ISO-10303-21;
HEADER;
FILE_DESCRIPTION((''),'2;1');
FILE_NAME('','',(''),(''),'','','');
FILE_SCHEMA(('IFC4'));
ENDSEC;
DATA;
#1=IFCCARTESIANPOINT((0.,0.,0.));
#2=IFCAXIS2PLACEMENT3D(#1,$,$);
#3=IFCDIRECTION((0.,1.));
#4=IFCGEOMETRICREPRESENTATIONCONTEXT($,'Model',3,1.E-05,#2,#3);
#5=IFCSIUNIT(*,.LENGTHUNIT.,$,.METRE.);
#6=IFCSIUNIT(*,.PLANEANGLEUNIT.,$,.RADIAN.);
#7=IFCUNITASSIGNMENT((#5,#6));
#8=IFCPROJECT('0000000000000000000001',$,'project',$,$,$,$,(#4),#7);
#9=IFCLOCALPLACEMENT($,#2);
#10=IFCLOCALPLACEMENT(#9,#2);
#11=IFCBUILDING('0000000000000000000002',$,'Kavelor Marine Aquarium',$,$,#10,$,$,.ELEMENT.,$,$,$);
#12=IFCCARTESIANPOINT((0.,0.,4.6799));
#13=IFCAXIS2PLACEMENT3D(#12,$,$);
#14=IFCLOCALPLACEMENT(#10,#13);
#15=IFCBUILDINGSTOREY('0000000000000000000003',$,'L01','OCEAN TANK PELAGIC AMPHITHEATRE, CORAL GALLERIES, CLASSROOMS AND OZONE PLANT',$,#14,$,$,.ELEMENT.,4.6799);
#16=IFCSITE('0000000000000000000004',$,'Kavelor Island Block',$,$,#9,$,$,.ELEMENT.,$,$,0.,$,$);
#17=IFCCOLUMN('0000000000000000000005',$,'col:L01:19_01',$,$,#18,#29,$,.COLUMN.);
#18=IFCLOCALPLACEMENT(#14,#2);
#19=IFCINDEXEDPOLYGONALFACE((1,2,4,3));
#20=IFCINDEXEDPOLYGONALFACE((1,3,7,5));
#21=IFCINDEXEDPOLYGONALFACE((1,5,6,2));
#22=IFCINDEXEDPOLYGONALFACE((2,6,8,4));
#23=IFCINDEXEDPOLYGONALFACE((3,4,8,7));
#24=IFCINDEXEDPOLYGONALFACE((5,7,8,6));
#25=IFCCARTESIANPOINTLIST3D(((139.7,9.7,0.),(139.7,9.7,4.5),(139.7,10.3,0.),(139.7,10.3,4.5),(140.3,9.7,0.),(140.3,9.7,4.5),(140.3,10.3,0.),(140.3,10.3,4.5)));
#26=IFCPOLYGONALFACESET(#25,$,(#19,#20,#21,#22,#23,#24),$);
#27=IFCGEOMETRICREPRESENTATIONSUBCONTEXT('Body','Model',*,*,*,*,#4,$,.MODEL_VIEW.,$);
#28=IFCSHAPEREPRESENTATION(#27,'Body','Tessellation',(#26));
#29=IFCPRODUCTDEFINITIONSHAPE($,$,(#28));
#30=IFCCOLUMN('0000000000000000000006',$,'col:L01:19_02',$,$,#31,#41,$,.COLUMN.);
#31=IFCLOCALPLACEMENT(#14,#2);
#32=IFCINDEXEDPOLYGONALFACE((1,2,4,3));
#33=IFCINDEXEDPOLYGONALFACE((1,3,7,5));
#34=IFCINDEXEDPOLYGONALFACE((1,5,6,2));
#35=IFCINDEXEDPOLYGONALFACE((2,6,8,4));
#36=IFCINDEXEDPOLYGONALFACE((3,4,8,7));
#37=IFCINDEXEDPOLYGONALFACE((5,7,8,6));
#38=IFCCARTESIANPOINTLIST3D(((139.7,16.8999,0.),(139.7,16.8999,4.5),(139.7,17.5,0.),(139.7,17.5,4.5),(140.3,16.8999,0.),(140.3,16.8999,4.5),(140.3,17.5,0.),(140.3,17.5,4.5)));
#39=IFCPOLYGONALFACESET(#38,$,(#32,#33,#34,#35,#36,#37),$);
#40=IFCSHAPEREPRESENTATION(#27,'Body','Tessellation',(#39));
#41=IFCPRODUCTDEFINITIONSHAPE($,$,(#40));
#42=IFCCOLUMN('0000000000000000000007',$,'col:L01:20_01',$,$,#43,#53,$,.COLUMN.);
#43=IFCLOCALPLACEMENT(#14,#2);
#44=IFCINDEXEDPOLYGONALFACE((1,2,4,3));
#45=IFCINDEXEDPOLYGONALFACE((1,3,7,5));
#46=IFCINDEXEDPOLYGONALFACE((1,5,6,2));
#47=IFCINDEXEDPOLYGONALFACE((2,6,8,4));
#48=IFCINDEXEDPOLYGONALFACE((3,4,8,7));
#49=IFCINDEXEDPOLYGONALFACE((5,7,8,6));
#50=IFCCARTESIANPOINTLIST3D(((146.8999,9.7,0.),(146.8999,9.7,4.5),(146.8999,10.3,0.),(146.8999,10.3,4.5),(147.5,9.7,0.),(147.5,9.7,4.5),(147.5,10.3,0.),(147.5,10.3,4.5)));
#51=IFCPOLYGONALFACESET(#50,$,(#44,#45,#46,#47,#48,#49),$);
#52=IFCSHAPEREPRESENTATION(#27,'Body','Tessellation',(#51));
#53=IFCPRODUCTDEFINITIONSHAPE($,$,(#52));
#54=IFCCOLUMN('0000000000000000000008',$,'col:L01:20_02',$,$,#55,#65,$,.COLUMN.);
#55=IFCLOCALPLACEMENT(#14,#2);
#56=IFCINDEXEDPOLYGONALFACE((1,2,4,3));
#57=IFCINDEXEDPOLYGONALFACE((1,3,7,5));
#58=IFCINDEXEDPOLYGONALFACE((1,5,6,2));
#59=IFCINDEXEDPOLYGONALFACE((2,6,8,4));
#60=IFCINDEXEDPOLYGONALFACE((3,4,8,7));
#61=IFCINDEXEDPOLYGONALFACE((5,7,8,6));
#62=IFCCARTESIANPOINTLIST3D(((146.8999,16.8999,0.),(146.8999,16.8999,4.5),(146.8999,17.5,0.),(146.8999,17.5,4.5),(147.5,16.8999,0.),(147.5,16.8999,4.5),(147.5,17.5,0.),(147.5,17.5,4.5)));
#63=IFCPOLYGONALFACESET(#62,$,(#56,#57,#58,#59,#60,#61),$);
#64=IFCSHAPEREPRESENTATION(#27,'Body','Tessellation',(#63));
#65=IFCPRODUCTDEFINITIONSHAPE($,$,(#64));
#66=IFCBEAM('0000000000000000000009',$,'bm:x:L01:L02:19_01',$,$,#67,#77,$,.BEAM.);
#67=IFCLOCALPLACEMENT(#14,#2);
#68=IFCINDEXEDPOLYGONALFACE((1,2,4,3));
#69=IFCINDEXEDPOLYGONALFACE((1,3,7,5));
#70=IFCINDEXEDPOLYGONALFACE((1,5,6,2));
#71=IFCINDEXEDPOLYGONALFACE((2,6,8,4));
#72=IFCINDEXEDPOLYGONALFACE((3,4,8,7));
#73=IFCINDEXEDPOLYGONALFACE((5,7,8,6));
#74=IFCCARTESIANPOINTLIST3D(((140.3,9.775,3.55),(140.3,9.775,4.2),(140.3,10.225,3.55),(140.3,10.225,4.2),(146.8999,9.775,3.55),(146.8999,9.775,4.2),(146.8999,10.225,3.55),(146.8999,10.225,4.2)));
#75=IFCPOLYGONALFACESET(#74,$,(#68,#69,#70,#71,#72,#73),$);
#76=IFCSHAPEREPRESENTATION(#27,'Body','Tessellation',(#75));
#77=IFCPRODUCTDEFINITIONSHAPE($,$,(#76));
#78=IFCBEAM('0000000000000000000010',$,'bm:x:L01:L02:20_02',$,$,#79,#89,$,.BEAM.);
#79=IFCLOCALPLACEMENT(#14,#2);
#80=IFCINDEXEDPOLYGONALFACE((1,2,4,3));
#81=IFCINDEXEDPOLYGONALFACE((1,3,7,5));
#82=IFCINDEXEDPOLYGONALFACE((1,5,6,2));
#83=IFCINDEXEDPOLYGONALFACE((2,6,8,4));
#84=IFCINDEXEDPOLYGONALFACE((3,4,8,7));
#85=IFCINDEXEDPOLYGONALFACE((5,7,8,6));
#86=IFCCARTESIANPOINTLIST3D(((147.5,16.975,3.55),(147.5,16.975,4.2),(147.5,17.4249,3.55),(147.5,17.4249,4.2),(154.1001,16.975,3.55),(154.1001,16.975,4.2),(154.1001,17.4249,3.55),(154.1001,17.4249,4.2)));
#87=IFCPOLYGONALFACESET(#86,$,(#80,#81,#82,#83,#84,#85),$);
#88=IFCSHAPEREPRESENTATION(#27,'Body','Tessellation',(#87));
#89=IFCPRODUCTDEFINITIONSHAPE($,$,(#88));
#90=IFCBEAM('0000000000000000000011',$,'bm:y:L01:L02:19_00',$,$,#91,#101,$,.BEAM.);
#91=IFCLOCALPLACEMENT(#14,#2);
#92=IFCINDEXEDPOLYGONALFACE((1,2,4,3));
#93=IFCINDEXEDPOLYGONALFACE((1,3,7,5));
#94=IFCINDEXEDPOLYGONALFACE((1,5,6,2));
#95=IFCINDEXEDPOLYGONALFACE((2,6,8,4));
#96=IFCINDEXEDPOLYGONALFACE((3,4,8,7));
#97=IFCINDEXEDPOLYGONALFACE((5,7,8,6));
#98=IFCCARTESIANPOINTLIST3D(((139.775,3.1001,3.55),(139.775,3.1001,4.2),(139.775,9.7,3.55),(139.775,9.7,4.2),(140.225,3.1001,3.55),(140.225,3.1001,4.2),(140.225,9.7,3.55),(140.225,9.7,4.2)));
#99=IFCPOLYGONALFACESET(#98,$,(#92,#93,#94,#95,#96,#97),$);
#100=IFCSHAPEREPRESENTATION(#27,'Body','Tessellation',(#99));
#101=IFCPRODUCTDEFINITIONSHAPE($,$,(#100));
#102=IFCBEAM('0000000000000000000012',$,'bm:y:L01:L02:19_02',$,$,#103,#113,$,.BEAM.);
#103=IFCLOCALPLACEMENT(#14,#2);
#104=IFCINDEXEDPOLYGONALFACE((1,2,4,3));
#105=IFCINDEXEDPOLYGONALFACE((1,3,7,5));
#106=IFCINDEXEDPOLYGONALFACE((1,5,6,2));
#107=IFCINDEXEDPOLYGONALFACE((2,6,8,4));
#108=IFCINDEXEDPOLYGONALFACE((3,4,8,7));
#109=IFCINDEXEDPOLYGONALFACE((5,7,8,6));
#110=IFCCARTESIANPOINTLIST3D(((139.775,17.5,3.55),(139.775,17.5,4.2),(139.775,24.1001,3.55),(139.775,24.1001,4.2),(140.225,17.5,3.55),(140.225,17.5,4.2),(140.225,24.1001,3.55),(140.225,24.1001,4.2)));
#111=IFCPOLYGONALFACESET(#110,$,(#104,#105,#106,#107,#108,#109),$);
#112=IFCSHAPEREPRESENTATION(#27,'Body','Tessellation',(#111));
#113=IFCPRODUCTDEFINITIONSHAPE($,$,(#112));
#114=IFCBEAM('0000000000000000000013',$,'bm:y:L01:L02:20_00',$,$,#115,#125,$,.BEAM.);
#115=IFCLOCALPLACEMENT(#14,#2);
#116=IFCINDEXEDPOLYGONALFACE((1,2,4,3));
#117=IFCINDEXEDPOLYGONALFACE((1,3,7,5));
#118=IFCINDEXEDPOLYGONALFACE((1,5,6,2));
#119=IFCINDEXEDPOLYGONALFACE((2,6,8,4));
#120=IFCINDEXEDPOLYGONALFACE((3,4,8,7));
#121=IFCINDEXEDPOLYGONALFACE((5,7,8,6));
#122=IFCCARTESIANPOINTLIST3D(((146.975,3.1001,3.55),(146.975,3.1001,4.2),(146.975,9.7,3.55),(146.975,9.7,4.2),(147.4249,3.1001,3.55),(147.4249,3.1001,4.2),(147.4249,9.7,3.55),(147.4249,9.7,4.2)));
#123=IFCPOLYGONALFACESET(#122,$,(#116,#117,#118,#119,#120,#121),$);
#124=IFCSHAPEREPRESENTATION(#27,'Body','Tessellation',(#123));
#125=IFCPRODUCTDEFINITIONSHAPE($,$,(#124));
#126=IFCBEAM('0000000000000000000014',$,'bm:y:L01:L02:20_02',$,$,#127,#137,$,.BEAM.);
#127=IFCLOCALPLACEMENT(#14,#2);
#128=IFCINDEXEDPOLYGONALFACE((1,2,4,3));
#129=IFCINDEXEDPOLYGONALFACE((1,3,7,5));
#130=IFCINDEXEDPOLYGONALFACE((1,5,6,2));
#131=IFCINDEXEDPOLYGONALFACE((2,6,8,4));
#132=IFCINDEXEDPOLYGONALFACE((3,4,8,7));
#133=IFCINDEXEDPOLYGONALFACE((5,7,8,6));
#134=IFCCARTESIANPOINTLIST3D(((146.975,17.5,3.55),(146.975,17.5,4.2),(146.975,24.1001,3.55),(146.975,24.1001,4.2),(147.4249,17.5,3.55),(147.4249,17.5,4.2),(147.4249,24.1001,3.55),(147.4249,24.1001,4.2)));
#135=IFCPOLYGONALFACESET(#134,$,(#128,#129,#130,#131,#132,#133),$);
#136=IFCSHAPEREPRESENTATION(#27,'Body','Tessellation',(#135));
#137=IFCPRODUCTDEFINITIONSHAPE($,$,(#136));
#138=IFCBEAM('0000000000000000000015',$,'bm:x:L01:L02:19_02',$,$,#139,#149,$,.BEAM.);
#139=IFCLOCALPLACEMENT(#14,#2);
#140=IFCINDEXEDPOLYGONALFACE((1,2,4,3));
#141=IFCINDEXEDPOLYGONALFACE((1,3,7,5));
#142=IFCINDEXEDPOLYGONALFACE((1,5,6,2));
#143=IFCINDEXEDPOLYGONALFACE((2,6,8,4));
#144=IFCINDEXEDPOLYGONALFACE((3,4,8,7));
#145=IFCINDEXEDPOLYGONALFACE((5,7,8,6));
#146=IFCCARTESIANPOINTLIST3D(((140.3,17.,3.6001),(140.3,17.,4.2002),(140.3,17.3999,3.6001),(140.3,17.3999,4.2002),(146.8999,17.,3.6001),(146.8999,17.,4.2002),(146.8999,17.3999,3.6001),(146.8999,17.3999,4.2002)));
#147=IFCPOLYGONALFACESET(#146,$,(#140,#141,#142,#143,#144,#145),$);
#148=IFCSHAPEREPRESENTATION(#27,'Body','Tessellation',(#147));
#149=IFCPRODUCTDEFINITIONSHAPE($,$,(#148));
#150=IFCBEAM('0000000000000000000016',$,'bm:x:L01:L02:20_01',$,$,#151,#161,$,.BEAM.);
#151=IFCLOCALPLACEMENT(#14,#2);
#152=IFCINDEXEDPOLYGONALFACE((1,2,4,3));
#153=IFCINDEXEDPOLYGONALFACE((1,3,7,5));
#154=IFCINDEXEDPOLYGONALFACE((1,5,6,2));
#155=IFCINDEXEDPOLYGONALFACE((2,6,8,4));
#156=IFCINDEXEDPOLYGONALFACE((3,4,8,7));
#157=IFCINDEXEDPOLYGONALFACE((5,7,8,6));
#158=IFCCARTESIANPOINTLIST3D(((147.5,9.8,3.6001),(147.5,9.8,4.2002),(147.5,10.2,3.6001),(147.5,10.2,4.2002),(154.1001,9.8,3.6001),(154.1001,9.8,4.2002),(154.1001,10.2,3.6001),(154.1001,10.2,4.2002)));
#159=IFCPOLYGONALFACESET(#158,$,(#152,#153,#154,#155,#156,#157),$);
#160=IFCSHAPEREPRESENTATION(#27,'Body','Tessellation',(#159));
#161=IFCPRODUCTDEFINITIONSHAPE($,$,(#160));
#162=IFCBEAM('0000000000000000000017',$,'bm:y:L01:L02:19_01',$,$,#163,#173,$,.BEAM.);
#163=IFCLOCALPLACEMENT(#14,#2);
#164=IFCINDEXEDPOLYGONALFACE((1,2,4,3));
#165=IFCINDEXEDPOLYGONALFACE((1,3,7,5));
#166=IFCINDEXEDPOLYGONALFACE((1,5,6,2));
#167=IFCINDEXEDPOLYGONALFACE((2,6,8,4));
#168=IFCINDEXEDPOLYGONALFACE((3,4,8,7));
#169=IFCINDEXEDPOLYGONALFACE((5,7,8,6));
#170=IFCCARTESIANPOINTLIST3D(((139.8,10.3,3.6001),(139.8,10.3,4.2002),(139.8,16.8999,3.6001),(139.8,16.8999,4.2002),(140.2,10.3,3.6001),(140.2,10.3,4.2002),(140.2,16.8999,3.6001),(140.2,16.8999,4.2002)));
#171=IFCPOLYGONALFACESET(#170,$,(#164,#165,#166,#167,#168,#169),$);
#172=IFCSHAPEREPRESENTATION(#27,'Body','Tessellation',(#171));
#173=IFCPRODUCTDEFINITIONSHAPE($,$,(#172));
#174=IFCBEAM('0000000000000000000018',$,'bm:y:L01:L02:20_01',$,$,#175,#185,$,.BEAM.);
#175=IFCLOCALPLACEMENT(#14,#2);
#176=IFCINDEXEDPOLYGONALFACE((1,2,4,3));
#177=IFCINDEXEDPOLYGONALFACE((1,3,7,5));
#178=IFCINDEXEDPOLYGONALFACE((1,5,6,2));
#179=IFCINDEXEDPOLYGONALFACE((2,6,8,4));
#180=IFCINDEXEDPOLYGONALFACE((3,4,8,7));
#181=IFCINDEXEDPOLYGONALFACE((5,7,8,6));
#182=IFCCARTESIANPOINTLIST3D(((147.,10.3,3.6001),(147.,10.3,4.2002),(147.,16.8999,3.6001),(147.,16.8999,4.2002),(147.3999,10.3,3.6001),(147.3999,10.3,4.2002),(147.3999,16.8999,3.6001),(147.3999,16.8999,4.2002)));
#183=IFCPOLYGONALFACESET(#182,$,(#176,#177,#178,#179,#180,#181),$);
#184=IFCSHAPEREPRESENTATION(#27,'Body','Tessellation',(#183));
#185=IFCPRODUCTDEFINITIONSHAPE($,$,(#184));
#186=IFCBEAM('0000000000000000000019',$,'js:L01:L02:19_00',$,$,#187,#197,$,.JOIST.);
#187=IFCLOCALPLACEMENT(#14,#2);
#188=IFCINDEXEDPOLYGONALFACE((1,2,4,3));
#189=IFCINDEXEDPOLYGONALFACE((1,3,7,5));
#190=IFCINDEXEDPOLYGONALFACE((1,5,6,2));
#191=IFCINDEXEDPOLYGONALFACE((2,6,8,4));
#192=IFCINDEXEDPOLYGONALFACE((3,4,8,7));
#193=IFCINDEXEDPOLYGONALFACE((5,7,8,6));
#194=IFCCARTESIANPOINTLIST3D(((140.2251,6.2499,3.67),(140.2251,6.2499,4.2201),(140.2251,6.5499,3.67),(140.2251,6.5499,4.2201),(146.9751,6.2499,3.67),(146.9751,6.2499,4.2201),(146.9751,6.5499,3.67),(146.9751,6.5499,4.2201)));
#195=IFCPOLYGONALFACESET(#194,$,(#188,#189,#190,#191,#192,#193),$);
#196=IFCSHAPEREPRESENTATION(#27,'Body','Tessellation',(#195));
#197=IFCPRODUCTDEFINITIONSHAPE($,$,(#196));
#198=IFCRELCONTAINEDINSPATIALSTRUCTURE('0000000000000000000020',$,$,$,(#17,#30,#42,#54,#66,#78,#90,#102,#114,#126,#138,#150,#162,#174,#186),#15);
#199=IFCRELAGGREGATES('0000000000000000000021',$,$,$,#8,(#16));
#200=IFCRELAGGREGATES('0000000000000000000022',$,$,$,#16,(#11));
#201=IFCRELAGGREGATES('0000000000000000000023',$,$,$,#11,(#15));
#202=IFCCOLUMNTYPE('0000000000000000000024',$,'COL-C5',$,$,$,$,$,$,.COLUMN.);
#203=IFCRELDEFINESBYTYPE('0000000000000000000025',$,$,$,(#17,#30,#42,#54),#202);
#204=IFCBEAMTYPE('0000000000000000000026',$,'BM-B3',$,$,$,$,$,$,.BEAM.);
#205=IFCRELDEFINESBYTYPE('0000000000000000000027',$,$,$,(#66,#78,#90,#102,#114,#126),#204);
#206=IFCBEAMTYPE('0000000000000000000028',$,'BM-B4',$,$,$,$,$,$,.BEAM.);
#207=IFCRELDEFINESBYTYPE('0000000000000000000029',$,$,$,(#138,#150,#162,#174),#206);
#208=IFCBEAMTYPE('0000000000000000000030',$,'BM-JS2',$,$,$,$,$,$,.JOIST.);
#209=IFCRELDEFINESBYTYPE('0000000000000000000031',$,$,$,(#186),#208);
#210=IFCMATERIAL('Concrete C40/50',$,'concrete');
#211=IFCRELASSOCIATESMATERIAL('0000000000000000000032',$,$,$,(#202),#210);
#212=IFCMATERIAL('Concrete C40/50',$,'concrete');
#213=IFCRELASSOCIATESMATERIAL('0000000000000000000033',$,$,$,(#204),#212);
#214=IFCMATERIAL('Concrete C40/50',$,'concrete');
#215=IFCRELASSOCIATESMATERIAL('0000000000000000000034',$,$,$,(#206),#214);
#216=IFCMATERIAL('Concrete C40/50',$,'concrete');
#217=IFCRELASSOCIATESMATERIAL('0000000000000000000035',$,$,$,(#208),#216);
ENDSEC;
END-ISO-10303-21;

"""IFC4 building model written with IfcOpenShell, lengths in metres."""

from ifc_helpers import new_model, si_unit, direction, frame, origin, origin_2d, place, context, subcontext, project, spatial, rectangle, extrude, material, material_profile, profile_set, type_object, element, save


model = new_model("IFC4")

# Units and contexts
model_context = context("Model", 3, precision=1e-05, world=origin(), true_north=direction((0.0, 1.0)))
body_context = subcontext(model_context, "Body", "Model", "MODEL_VIEW")
ifc_project = project(units=[si_unit("LENGTHUNIT", "METRE"), si_unit("PLANEANGLEUNIT", "RADIAN")], contexts=[model_context])

# Site, building, storey
site_placement = place(None, origin())
site = spatial("IfcSite", under=ifc_project, at=site_placement, Name="Kavelor Island Block", CompositionType="ELEMENT", RefElevation=0.0)
building_placement = place(site_placement, origin())
building = spatial("IfcBuilding", under=site, at=building_placement, Name="Kavelor Marine Aquarium", CompositionType="ELEMENT")
storey_placement = place(building_placement, frame((0.0, 0.0, 4.6799)))
storey = spatial("IfcBuildingStorey", under=building, at=storey_placement, Name="L01", Description="OCEAN TANK PELAGIC AMPHITHEATRE, CORAL GALLERIES, CLASSROOMS AND OZONE PLANT", CompositionType="ELEMENT", Elevation=4.6799)

# Columns
ifc_material_1 = material(Name="Concrete C40/50", Category="concrete")
ifc_material_profile_1 = material_profile(ifc_material_1, rectangle(XDim=0.6001, YDim=0.6001, at=origin_2d()), Name="RC-COL 600x600")
ifc_profile_set_1 = profile_set([ifc_material_profile_1], Name="Concrete C40/50")
column_type = type_object("IfcColumnType", Name="COL-C5", PredefinedType="COLUMN", material=ifc_profile_set_1)
for number, where, z_axis, x_axis, name in (
    (1, (140.0, 10.0, 0.0), (0.0, 0.0, 1.0), (1.0, 0.0, 0.0), "col:L01:19_01"),
    (2, (140.0, 17.2, 0.0), (0.0, 0.0, 1.0), (1.0, 0.0, 0.0), "col:L01:19_02"),
    (3, (147.2, 10.0, 0.0), (0.0, 0.0, 1.0), (1.0, 0.0, 0.0), "col:L01:20_01"),
    (4, (147.2, 17.2, 0.0), (0.0, 0.0, 1.0), (1.0, 0.0, 0.0), "col:L01:20_02"),
):
    element("IfcColumn", number, at=place(storey_placement, frame(where, z_axis=z_axis, x_axis=x_axis)), inside=storey, type_object=column_type, Name=name, PredefinedType="COLUMN", context=body_context, shape_type="SweptSolid", body=[
        extrude(rectangle(XDim=0.6001, YDim=0.6001, at=origin_2d()), origin(), (0.0, 0.0, 1.0), 4.5),
    ])

# Beams
ifc_material_2 = material(Name="Concrete C40/50", Category="concrete")
ifc_material_profile_2 = material_profile(ifc_material_2, rectangle(XDim=0.45, YDim=0.6499, at=origin_2d()), Name="RC-BM 450x650")
ifc_profile_set_2 = profile_set([ifc_material_profile_2], Name="Concrete C40/50")
beam_type_1 = type_object("IfcBeamType", Name="BM-B3", PredefinedType="BEAM", material=ifc_profile_set_2)
beam_1_placement = place(storey_placement, frame((140.3, 10.0, 3.875), z_axis=(1.0, 0.0, 0.0), x_axis=(0.0, 1.0, 0.0)))
element("IfcBeam", 5, at=beam_1_placement, inside=storey, type_object=beam_type_1, Name="bm:x:L01:L02:19_01", PredefinedType="BEAM", context=body_context, shape_type="SweptSolid", body=[
    extrude(rectangle(XDim=0.45, YDim=0.6499, at=origin_2d()), origin(), (0.0, 0.0, 1.0), 6.5999),
])
beam_2_placement = place(storey_placement, frame((147.5, 17.2, 3.875), z_axis=(1.0, 0.0, 0.0), x_axis=(0.0, 1.0, 0.0)))
element("IfcBeam", 6, at=beam_2_placement, inside=storey, type_object=beam_type_1, Name="bm:x:L01:L02:20_02", PredefinedType="BEAM", context=body_context, shape_type="SweptSolid", body=[
    extrude(rectangle(XDim=0.45, YDim=0.6499, at=origin_2d()), origin(), (0.0, 0.0, 1.0), 6.6001),
])
beam_3_placement = place(storey_placement, frame((140.0, 3.1001, 3.875), z_axis=(0.0, 1.0, 0.0), x_axis=(-1.0, 0.0, 0.0)))
element("IfcBeam", 7, at=beam_3_placement, inside=storey, type_object=beam_type_1, Name="bm:y:L01:L02:19_00", PredefinedType="BEAM", context=body_context, shape_type="SweptSolid", body=[
    extrude(rectangle(XDim=0.45, YDim=0.6499, at=origin_2d()), origin(), (0.0, 0.0, 1.0), 6.5999),
])
beam_4_placement = place(storey_placement, frame((140.0, 17.5, 3.875), z_axis=(0.0, 1.0, 0.0), x_axis=(-1.0, 0.0, 0.0)))
element("IfcBeam", 8, at=beam_4_placement, inside=storey, type_object=beam_type_1, Name="bm:y:L01:L02:19_02", PredefinedType="BEAM", context=body_context, shape_type="SweptSolid", body=[
    extrude(rectangle(XDim=0.45, YDim=0.6499, at=origin_2d()), origin(), (0.0, 0.0, 1.0), 6.6001),
])
beam_5_placement = place(storey_placement, frame((147.2, 3.1001, 3.875), z_axis=(0.0, 1.0, 0.0), x_axis=(-1.0, 0.0, 0.0)))
element("IfcBeam", 9, at=beam_5_placement, inside=storey, type_object=beam_type_1, Name="bm:y:L01:L02:20_00", PredefinedType="BEAM", context=body_context, shape_type="SweptSolid", body=[
    extrude(rectangle(XDim=0.45, YDim=0.6499, at=origin_2d()), origin(), (0.0, 0.0, 1.0), 6.5999),
])
beam_6_placement = place(storey_placement, frame((147.2, 17.5, 3.875), z_axis=(0.0, 1.0, 0.0), x_axis=(-1.0, 0.0, 0.0)))
element("IfcBeam", 10, at=beam_6_placement, inside=storey, type_object=beam_type_1, Name="bm:y:L01:L02:20_02", PredefinedType="BEAM", context=body_context, shape_type="SweptSolid", body=[
    extrude(rectangle(XDim=0.45, YDim=0.6499, at=origin_2d()), origin(), (0.0, 0.0, 1.0), 6.6001),
])
ifc_material_3 = material(Name="Concrete C40/50", Category="concrete")
ifc_material_profile_3 = material_profile(ifc_material_3, rectangle(XDim=0.3999, YDim=0.6001, at=origin_2d()), Name="RC-BM 400x600")
ifc_profile_set_3 = profile_set([ifc_material_profile_3], Name="Concrete C40/50")
beam_type_2 = type_object("IfcBeamType", Name="BM-B4", PredefinedType="BEAM", material=ifc_profile_set_3)
beam_7_placement = place(storey_placement, frame((140.3, 17.2, 3.9001), z_axis=(1.0, 0.0, 0.0), x_axis=(0.0, 1.0, 0.0)))
element("IfcBeam", 11, at=beam_7_placement, inside=storey, type_object=beam_type_2, Name="bm:x:L01:L02:19_02", PredefinedType="BEAM", context=body_context, shape_type="SweptSolid", body=[
    extrude(rectangle(XDim=0.3999, YDim=0.6001, at=origin_2d()), origin(), (0.0, 0.0, 1.0), 6.5999),
])
beam_8_placement = place(storey_placement, frame((147.5, 10.0, 3.9001), z_axis=(1.0, 0.0, 0.0), x_axis=(0.0, 1.0, 0.0)))
element("IfcBeam", 12, at=beam_8_placement, inside=storey, type_object=beam_type_2, Name="bm:x:L01:L02:20_01", PredefinedType="BEAM", context=body_context, shape_type="SweptSolid", body=[
    extrude(rectangle(XDim=0.3999, YDim=0.6001, at=origin_2d()), origin(), (0.0, 0.0, 1.0), 6.6001),
])
for number, where, z_axis, x_axis, name in (
    (13, (140.0, 10.3, 3.9001), (0.0, 1.0, 0.0), (-1.0, 0.0, 0.0), "bm:y:L01:L02:19_01"),
    (14, (147.2, 10.3, 3.9001), (0.0, 1.0, 0.0), (-1.0, 0.0, 0.0), "bm:y:L01:L02:20_01"),
):
    element("IfcBeam", number, at=place(storey_placement, frame(where, z_axis=z_axis, x_axis=x_axis)), inside=storey, type_object=beam_type_2, Name=name, PredefinedType="BEAM", context=body_context, shape_type="SweptSolid", body=[
        extrude(rectangle(XDim=0.3999, YDim=0.6001, at=origin_2d()), origin(), (0.0, 0.0, 1.0), 6.5999),
    ])
ifc_material_4 = material(Name="Concrete C40/50", Category="concrete")
ifc_material_profile_4 = material_profile(ifc_material_4, rectangle(XDim=0.3, YDim=0.55, at=origin_2d()), Name="RC-JS 300x550")
ifc_profile_set_4 = profile_set([ifc_material_profile_4], Name="Concrete C40/50")
beam_type_3 = type_object("IfcBeamType", Name="BM-JS2", PredefinedType="JOIST", material=ifc_profile_set_4)
for number, where, z_axis, x_axis, name in (
    (15, (140.2251, 6.3999, 3.9451), (1.0, 0.0, 0.0), (0.0, 1.0, 0.0), "js:L01:L02:19_00"),
):
    element("IfcBeam", number, at=place(storey_placement, frame(where, z_axis=z_axis, x_axis=x_axis)), inside=storey, type_object=beam_type_3, Name=name, PredefinedType="JOIST", context=body_context, shape_type="SweptSolid", body=[
        extrude(rectangle(XDim=0.3, YDim=0.55, at=origin_2d()), origin(), (0.0, 0.0, 1.0), 6.75),
    ])

save(model, "model.ifc")
